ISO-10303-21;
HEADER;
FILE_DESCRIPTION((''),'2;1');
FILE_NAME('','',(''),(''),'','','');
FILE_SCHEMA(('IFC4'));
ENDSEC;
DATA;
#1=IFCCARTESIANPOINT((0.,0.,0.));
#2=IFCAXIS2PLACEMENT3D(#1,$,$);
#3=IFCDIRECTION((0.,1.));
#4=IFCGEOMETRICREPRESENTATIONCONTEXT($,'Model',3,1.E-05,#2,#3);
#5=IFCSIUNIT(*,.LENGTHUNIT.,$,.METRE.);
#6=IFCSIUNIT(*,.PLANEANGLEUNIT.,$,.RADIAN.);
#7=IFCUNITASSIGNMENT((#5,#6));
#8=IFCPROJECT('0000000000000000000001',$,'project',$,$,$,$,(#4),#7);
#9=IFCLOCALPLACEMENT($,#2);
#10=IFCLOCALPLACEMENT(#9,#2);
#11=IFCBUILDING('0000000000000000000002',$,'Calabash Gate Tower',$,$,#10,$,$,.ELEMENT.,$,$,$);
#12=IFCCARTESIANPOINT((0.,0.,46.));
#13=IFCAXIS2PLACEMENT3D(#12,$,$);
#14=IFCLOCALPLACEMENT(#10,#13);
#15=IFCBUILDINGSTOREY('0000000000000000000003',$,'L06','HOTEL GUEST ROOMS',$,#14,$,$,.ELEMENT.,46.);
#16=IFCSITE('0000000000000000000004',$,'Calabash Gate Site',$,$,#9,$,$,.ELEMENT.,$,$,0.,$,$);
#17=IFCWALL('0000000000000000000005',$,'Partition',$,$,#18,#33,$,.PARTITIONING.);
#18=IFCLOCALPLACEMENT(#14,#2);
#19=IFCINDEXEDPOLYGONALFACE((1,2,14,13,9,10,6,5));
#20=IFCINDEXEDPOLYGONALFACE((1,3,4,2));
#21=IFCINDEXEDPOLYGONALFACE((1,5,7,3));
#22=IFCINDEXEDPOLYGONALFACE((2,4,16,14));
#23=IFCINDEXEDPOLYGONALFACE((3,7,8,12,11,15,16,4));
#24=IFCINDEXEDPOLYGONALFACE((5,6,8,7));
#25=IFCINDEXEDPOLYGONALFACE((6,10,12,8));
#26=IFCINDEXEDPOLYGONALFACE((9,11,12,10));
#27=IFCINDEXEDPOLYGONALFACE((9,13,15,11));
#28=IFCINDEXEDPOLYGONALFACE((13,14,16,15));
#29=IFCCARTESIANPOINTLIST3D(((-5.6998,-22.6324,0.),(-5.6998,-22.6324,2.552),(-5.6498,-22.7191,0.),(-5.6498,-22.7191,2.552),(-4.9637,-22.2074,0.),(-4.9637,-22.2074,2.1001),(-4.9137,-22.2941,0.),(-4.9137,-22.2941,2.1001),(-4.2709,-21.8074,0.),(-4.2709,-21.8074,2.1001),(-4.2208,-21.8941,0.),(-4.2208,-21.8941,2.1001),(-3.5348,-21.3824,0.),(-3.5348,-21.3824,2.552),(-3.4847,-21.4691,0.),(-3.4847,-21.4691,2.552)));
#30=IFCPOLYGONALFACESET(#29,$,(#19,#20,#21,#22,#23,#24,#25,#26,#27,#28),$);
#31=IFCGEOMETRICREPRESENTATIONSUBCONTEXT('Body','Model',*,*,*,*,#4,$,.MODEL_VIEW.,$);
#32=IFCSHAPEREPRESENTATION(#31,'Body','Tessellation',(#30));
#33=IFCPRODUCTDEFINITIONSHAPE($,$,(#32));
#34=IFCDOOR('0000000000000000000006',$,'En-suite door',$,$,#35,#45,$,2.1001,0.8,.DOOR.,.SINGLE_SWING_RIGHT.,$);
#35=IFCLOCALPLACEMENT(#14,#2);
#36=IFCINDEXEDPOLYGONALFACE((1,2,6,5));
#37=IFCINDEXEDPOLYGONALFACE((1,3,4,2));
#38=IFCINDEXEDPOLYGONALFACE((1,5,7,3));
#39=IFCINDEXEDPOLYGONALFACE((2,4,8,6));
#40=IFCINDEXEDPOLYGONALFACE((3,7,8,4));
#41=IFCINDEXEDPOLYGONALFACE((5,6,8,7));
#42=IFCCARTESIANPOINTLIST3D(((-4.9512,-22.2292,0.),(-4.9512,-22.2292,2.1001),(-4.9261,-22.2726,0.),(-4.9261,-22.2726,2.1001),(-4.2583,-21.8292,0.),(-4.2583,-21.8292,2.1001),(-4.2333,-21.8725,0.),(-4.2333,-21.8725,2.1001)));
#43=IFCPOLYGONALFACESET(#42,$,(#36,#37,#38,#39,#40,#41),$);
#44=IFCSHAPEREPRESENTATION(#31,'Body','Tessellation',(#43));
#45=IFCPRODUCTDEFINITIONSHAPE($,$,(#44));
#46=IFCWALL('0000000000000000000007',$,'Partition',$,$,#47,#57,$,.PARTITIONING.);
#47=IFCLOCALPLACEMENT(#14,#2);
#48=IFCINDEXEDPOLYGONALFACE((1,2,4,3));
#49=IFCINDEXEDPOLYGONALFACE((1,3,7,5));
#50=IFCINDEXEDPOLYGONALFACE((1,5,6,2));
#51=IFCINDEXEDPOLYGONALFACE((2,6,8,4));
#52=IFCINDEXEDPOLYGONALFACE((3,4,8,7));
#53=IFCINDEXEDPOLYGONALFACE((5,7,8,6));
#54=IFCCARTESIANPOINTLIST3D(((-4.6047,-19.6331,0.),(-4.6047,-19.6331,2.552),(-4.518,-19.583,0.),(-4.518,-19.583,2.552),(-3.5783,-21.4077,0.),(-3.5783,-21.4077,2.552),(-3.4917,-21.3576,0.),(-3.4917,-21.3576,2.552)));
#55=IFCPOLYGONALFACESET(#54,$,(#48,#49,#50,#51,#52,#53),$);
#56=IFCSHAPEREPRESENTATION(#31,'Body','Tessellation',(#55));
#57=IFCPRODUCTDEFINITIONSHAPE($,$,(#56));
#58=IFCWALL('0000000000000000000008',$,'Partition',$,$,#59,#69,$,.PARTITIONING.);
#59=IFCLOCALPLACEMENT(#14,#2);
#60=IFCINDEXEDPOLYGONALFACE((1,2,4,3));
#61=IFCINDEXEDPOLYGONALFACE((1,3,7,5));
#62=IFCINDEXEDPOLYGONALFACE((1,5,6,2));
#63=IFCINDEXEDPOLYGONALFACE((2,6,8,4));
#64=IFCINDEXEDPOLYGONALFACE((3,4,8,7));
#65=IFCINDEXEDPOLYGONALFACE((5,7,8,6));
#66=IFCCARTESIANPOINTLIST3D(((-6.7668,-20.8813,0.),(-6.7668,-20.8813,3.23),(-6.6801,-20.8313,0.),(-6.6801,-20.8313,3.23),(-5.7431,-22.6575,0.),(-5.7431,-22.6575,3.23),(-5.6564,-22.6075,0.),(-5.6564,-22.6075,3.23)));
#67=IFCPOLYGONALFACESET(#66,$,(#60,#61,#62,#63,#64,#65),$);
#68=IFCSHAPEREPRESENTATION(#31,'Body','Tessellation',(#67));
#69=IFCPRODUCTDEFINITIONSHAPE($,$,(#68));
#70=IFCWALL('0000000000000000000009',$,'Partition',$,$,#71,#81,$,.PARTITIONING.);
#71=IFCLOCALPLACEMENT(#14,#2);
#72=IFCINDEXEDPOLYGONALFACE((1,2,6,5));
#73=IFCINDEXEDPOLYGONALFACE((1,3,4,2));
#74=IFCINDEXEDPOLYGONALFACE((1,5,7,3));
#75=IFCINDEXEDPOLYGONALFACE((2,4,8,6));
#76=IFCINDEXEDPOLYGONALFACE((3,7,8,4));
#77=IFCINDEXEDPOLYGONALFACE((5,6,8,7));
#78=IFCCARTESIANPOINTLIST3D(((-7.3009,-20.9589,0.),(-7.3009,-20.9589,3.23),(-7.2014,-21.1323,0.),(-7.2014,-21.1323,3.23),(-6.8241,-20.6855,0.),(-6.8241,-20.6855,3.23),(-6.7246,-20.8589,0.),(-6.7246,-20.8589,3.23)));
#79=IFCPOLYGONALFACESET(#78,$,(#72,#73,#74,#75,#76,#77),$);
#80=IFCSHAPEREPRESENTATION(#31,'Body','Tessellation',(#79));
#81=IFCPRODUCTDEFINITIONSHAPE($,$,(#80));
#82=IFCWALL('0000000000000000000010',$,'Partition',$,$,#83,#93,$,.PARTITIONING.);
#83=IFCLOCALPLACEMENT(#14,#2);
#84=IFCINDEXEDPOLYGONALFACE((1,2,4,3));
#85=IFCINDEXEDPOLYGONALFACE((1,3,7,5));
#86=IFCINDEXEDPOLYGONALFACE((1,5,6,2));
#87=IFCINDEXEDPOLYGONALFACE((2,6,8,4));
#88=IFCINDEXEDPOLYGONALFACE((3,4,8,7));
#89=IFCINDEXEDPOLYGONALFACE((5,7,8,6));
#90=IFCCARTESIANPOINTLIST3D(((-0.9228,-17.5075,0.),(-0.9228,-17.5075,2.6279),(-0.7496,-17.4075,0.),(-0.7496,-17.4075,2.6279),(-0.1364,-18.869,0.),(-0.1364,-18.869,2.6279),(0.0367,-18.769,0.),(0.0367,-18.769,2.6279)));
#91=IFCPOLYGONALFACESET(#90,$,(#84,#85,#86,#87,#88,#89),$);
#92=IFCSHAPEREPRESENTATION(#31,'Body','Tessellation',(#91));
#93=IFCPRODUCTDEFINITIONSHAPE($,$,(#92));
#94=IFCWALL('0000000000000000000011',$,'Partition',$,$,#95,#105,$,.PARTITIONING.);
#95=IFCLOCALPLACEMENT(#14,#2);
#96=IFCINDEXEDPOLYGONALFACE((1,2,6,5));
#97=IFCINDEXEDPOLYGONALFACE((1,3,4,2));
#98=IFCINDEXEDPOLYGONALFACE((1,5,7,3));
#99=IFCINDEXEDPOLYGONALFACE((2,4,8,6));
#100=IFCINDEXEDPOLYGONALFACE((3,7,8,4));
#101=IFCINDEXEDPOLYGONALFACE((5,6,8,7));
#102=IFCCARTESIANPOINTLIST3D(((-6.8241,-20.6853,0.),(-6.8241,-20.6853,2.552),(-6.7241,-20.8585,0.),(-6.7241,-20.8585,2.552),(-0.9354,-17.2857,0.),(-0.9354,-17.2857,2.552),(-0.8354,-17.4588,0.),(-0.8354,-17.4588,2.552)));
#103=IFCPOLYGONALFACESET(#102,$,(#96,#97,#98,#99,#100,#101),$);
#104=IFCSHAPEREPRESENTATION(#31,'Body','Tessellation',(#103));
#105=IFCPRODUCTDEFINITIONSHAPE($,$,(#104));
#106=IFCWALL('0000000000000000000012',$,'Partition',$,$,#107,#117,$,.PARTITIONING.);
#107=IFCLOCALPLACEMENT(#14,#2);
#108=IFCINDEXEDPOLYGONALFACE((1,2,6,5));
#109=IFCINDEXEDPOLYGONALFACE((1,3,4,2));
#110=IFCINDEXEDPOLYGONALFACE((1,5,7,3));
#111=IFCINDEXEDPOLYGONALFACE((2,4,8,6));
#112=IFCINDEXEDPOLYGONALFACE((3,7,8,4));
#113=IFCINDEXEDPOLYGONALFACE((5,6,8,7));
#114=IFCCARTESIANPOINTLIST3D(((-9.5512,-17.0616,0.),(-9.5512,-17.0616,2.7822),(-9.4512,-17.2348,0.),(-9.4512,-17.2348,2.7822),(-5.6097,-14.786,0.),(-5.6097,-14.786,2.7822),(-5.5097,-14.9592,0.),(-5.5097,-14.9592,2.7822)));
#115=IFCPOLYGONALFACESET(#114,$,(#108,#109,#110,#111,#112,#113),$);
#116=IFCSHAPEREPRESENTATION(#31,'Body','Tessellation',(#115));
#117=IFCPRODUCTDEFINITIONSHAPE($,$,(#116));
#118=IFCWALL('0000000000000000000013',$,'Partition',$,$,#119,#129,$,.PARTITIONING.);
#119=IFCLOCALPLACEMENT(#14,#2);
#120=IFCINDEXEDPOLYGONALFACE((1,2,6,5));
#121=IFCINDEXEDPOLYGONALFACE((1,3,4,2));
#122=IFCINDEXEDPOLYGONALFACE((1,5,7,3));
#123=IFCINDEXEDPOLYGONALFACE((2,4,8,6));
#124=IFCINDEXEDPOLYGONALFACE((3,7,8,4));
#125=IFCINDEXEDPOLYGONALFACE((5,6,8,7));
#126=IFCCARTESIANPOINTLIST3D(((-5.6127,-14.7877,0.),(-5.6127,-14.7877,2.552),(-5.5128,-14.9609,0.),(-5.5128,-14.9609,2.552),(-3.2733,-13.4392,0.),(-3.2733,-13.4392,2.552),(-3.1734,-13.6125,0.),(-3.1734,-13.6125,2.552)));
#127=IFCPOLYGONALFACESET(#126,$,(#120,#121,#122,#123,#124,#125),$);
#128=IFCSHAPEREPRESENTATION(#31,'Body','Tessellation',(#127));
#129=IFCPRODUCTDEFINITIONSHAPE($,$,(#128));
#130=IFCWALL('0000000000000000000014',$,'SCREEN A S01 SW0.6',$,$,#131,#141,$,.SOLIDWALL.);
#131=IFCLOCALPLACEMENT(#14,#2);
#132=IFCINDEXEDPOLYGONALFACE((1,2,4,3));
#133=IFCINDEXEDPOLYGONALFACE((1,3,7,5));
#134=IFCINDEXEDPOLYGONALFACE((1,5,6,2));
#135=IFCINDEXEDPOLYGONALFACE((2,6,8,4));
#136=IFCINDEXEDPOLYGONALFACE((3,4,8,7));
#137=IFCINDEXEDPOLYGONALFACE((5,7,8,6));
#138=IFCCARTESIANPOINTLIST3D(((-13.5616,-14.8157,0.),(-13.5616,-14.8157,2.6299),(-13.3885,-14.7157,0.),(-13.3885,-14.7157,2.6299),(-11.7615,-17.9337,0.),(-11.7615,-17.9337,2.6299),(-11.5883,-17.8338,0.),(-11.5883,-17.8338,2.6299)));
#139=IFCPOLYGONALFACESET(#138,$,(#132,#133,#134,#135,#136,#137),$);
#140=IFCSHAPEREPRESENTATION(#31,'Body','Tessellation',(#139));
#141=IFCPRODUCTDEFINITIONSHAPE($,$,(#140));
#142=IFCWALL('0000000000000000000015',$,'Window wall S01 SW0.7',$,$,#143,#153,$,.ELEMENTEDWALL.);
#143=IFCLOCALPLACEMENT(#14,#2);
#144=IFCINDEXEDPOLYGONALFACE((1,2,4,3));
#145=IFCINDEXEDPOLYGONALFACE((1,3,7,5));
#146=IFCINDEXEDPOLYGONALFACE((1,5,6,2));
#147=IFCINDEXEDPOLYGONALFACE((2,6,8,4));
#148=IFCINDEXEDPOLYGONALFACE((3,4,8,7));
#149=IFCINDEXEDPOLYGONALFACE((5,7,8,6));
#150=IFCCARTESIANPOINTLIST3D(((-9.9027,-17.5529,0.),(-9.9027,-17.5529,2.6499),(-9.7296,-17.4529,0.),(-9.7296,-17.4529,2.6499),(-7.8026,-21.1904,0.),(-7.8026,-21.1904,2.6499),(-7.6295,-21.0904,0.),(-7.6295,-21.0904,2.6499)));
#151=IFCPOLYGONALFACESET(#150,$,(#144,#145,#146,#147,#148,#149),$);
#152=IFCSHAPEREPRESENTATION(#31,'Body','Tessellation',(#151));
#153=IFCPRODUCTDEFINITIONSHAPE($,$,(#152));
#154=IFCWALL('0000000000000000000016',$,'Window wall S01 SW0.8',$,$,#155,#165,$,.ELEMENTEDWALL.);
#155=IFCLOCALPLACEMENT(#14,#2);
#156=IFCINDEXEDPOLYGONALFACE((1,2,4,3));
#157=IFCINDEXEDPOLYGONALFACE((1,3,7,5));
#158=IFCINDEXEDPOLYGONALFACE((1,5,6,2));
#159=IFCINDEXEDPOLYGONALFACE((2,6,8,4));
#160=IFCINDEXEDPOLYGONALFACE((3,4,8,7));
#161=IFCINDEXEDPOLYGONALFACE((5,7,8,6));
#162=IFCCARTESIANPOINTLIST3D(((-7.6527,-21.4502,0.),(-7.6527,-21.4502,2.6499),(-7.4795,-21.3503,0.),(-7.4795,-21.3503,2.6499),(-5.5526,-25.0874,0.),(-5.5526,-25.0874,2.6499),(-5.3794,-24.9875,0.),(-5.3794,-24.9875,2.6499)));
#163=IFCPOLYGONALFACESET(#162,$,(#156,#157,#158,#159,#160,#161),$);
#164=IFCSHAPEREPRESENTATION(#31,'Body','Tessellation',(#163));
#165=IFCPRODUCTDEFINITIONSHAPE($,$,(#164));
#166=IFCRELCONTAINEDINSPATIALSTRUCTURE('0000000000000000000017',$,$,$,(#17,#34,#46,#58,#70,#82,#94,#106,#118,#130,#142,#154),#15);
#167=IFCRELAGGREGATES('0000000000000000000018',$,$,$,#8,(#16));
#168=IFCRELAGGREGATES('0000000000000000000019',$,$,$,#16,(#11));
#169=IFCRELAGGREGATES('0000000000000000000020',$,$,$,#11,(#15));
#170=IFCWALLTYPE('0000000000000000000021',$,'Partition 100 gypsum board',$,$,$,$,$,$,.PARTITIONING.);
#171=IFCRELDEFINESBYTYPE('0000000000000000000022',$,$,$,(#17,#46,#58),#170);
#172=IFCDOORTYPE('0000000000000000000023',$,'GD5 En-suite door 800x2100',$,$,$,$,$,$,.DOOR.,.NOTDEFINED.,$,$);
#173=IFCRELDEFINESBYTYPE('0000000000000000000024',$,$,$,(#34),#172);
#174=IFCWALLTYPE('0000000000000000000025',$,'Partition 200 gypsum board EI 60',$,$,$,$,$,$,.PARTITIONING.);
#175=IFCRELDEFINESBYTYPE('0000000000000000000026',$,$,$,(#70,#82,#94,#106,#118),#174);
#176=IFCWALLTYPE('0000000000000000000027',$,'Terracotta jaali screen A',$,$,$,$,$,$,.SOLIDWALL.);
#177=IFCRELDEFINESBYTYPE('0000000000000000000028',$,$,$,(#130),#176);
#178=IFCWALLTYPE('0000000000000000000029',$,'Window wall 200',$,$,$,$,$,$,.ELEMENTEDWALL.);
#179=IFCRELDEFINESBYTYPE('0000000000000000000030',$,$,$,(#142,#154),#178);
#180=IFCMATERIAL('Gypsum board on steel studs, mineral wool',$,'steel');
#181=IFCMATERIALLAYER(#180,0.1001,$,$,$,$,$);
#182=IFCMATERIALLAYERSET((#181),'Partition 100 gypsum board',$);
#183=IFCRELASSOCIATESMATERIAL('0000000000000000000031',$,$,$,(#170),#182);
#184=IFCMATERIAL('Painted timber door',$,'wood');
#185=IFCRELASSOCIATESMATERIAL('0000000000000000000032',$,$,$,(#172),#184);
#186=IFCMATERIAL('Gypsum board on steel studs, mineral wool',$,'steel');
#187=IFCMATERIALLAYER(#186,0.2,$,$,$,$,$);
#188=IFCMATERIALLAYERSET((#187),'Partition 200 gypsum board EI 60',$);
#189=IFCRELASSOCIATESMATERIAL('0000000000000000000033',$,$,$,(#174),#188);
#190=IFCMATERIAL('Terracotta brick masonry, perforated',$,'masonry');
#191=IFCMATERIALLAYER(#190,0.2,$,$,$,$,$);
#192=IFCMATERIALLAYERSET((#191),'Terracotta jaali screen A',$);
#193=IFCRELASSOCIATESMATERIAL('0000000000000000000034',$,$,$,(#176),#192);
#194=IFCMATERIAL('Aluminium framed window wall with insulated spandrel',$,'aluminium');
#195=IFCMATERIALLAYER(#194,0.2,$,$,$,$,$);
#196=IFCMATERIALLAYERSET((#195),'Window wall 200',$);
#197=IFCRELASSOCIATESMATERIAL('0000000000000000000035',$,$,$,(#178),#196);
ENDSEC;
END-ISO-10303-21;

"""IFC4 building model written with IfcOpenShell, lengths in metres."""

from ifc_helpers import new_model, si_unit, direction, frame, frame_2d, origin, place, context, subcontext, project, spatial, rectangle, extrude, material, layer, layer_set, type_object, element, fill, save


model = new_model("IFC4")

# Units and contexts
model_context = context("Model", 3, precision=1e-05, world=origin(), true_north=direction((0.0, 1.0)))
body_context = subcontext(model_context, "Body", "Model", "MODEL_VIEW")
ifc_project = project(units=[si_unit("LENGTHUNIT", "METRE"), si_unit("PLANEANGLEUNIT", "RADIAN")], contexts=[model_context])

# Site, building, storey
site_placement = place(None, origin())
site = spatial("IfcSite", under=ifc_project, at=site_placement, Name="Calabash Gate Site", CompositionType="ELEMENT", RefElevation=0.0)
building_placement = place(site_placement, origin())
building = spatial("IfcBuilding", under=site, at=building_placement, Name="Calabash Gate Tower", CompositionType="ELEMENT")
storey_placement = place(building_placement, frame((0.0, 0.0, 46.0)))
storey = spatial("IfcBuildingStorey", under=building, at=storey_placement, Name="L06", Description="HOTEL GUEST ROOMS", CompositionType="ELEMENT", Elevation=46.0)

# Wall, opening, door
ifc_material_1 = material(Name="Gypsum board on steel studs, mineral wool", Category="steel")
ifc_layer_1 = layer(ifc_material_1, 0.1001)
ifc_layer_set_1 = layer_set([ifc_layer_1], Name="Partition 100 gypsum board")
wall_type_1 = type_object("IfcWallType", Name="Partition 100 gypsum board", PredefinedType="PARTITIONING", material=ifc_layer_set_1)
wall_1_placement = place(storey_placement, frame((-5.6748, -22.6758, 0.0), z_axis=(0.0, 0.0, 1.0), x_axis=(0.866023, 0.500004, 0.0)))
wall_1 = element("IfcWall", 1, at=wall_1_placement, inside=storey, type_object=wall_type_1, Name="Partition", PredefinedType="PARTITIONING", context=body_context, shape_type="SweptSolid", body=[
    extrude(rectangle(XDim=2.5, YDim=0.1001, at=frame_2d((1.25, 0.0))), origin(), (0.0, 0.0, 1.0), 2.552),
])
opening_placement = place(wall_1_placement, frame((0.8501, 0.0, 0.0)))
opening = element("IfcOpeningElement", 2, at=opening_placement, cuts=wall_1, PredefinedType="OPENING", context=body_context, shape_type="SweptSolid", body=[
    extrude(rectangle(XDim=0.8, YDim=2.1001, at=frame_2d((0.3999, 1.05))), frame((0.0, 0.0601, 0.0), z_axis=(0.0, -1.0, 0.0), x_axis=(1.0, 0.0, 0.0)), (0.0, 0.0, 1.0), 0.1201),
])
ifc_material_2 = material(Name="Painted timber door", Category="wood")
door_type = type_object("IfcDoorType", Name="GD5 En-suite door 800x2100", OperationType="NOTDEFINED", PredefinedType="DOOR", material=ifc_material_2)
door_placement = place(opening_placement, origin())
door = element("IfcDoor", 3, at=door_placement, inside=storey, type_object=door_type, Name="En-suite door", OperationType="SINGLE_SWING_RIGHT", OverallHeight=2.1001, OverallWidth=0.8, PredefinedType="DOOR", context=body_context, shape_type="SweptSolid", body=[
    extrude(rectangle(XDim=0.8, YDim=2.1001, at=frame_2d((0.3999, 1.05))), frame((0.0, 0.0249, 0.0), z_axis=(0.0, -1.0, 0.0), x_axis=(1.0, 0.0, 0.0)), (0.0, 0.0, 1.0), 0.05),
])
fill(opening, door)

# Walls
wall_2_placement = place(storey_placement, frame((-4.5613, -19.6082, 0.0), z_axis=(0.0, 0.0, 1.0), x_axis=(0.500647, -0.865652, 0.0)))
element("IfcWall", 4, at=wall_2_placement, inside=storey, type_object=wall_type_1, Name="Partition", PredefinedType="PARTITIONING", context=body_context, shape_type="SweptSolid", body=[
    extrude(rectangle(XDim=2.05, YDim=0.1001, at=frame_2d((1.0249, 0.0))), origin(), (0.0, 0.0, 1.0), 2.552),
])
wall_3_placement = place(storey_placement, frame((-6.7234, -20.8564, 0.0), z_axis=(0.0, 0.0, 1.0), x_axis=(0.499355, -0.866398, 0.0)))
element("IfcWall", 5, at=wall_3_placement, inside=storey, type_object=wall_type_1, Name="Partition", PredefinedType="PARTITIONING", context=body_context, shape_type="SweptSolid", body=[
    extrude(rectangle(XDim=2.05, YDim=0.1001, at=frame_2d((1.0249, 0.0))), origin(), (0.0, 0.0, 1.0), 3.23),
])
ifc_material_3 = material(Name="Gypsum board on steel studs, mineral wool", Category="steel")
ifc_layer_2 = layer(ifc_material_3, 0.2)
ifc_layer_set_2 = layer_set([ifc_layer_2], Name="Partition 200 gypsum board EI 60")
wall_type_2 = type_object("IfcWallType", Name="Partition 200 gypsum board EI 60", PredefinedType="PARTITIONING", material=ifc_layer_set_2)
wall_4_placement = place(storey_placement, frame((-7.2512, -21.0457, 0.0), z_axis=(0.0, 0.0, 1.0), x_axis=(0.867477, 0.497478, 0.0)))
element("IfcWall", 6, at=wall_4_placement, inside=storey, type_object=wall_type_2, Name="Partition", PredefinedType="PARTITIONING", context=body_context, shape_type="SweptSolid", body=[
    extrude(rectangle(XDim=0.5496, YDim=0.2, at=frame_2d((0.2749, 0.0))), origin(), (0.0, 0.0, 1.0), 3.23),
])
wall_5_placement = place(storey_placement, frame((-0.8362, -17.4575, 0.0), z_axis=(0.0, 0.0, 1.0), x_axis=(0.50013, -0.86595, 0.0)))
element("IfcWall", 7, at=wall_5_placement, inside=storey, type_object=wall_type_2, Name="Partition", PredefinedType="PARTITIONING", context=body_context, shape_type="SweptSolid", body=[
    extrude(rectangle(XDim=1.5723, YDim=0.2, at=frame_2d((0.7861, 0.0))), origin(), (0.0, 0.0, 1.0), 2.6279),
])
wall_6_placement = place(storey_placement, frame((-6.7742, -20.772, 0.0), z_axis=(0.0, 0.0, 1.0), x_axis=(0.866036, 0.499981, 0.0)))
element("IfcWall", 8, at=wall_6_placement, inside=storey, type_object=wall_type_2, Name="Partition", PredefinedType="PARTITIONING", context=body_context, shape_type="SweptSolid", body=[
    extrude(rectangle(XDim=6.7996, YDim=0.2, at=frame_2d((3.3999, 0.0))), origin(), (0.0, 0.0, 1.0), 2.552),
])
wall_7_placement = place(storey_placement, frame((-9.5012, -17.1482, 0.0), z_axis=(0.0, 0.0, 1.0), x_axis=(0.866033, 0.499987, 0.0)))
element("IfcWall", 9, at=wall_7_placement, inside=storey, type_object=wall_type_2, Name="Partition", PredefinedType="PARTITIONING", context=body_context, shape_type="SweptSolid", body=[
    extrude(rectangle(XDim=4.5513, YDim=0.2, at=frame_2d((2.2756, 0.0))), origin(), (0.0, 0.0, 1.0), 2.7822),
])
wall_8_placement = place(storey_placement, frame((-5.5627, -14.8743, 0.0), z_axis=(0.0, 0.0, 1.0), x_axis=(0.866384, 0.499378, 0.0)))
element("IfcWall", 10, at=wall_8_placement, inside=storey, type_object=wall_type_2, Name="Partition", PredefinedType="PARTITIONING", context=body_context, shape_type="SweptSolid", body=[
    extrude(rectangle(XDim=2.7002, YDim=0.2, at=frame_2d((1.3501, 0.0))), origin(), (0.0, 0.0, 1.0), 2.552),
])
ifc_material_4 = material(Name="Terracotta brick masonry, perforated", Category="masonry")
ifc_layer_3 = layer(ifc_material_4, 0.2)
ifc_layer_set_3 = layer_set([ifc_layer_3], Name="Terracotta jaali screen A")
wall_type_3 = type_object("IfcWallType", Name="Terracotta jaali screen A", PredefinedType="SOLIDWALL", material=ifc_layer_set_3)
wall_9_placement = place(storey_placement, frame((-13.4751, -14.7656, 0.0), z_axis=(0.0, 0.0, 1.0), x_axis=(0.499983, -0.866035, 0.0)))
element("IfcWall", 11, at=wall_9_placement, inside=storey, type_object=wall_type_3, Name="SCREEN A S01 SW0.6", PredefinedType="SOLIDWALL", context=body_context, shape_type="SweptSolid", body=[
    extrude(rectangle(XDim=3.6003, YDim=0.2, at=frame_2d((1.8003, 0.0))), origin(), (0.0, 0.0, 1.0), 2.6299),
])
ifc_material_5 = material(Name="Aluminium framed window wall with insulated spandrel", Category="aluminium")
ifc_layer_4 = layer(ifc_material_5, 0.2)
ifc_layer_set_4 = layer_set([ifc_layer_4], Name="Window wall 200")
wall_type_4 = type_object("IfcWallType", Name="Window wall 200", PredefinedType="ELEMENTEDWALL", material=ifc_layer_set_4)
wall_10_placement = place(storey_placement, frame((-9.8162, -17.5029, 0.0), z_axis=(0.0, 0.0, 1.0), x_axis=(0.500003, -0.866024, 0.0)))
element("IfcWall", 12, at=wall_10_placement, inside=storey, type_object=wall_type_4, Name="Window wall S01 SW0.7", PredefinedType="ELEMENTEDWALL", context=body_context, shape_type="SweptSolid", body=[
    extrude(rectangle(XDim=4.2002, YDim=0.2, at=frame_2d((2.1001, 0.0))), origin(), (0.0, 0.0, 1.0), 2.6499),
])
wall_11_placement = place(storey_placement, frame((-7.5662, -21.4001, 0.0), z_axis=(0.0, 0.0, 1.0), x_axis=(0.500028, -0.866009, 0.0)))
element("IfcWall", 13, at=wall_11_placement, inside=storey, type_object=wall_type_4, Name="Window wall S01 SW0.8", PredefinedType="ELEMENTEDWALL", context=body_context, shape_type="SweptSolid", body=[
    extrude(rectangle(XDim=4.2, YDim=0.2, at=frame_2d((2.1001, 0.0))), origin(), (0.0, 0.0, 1.0), 2.6499),
])

save(model, "model.ifc")
